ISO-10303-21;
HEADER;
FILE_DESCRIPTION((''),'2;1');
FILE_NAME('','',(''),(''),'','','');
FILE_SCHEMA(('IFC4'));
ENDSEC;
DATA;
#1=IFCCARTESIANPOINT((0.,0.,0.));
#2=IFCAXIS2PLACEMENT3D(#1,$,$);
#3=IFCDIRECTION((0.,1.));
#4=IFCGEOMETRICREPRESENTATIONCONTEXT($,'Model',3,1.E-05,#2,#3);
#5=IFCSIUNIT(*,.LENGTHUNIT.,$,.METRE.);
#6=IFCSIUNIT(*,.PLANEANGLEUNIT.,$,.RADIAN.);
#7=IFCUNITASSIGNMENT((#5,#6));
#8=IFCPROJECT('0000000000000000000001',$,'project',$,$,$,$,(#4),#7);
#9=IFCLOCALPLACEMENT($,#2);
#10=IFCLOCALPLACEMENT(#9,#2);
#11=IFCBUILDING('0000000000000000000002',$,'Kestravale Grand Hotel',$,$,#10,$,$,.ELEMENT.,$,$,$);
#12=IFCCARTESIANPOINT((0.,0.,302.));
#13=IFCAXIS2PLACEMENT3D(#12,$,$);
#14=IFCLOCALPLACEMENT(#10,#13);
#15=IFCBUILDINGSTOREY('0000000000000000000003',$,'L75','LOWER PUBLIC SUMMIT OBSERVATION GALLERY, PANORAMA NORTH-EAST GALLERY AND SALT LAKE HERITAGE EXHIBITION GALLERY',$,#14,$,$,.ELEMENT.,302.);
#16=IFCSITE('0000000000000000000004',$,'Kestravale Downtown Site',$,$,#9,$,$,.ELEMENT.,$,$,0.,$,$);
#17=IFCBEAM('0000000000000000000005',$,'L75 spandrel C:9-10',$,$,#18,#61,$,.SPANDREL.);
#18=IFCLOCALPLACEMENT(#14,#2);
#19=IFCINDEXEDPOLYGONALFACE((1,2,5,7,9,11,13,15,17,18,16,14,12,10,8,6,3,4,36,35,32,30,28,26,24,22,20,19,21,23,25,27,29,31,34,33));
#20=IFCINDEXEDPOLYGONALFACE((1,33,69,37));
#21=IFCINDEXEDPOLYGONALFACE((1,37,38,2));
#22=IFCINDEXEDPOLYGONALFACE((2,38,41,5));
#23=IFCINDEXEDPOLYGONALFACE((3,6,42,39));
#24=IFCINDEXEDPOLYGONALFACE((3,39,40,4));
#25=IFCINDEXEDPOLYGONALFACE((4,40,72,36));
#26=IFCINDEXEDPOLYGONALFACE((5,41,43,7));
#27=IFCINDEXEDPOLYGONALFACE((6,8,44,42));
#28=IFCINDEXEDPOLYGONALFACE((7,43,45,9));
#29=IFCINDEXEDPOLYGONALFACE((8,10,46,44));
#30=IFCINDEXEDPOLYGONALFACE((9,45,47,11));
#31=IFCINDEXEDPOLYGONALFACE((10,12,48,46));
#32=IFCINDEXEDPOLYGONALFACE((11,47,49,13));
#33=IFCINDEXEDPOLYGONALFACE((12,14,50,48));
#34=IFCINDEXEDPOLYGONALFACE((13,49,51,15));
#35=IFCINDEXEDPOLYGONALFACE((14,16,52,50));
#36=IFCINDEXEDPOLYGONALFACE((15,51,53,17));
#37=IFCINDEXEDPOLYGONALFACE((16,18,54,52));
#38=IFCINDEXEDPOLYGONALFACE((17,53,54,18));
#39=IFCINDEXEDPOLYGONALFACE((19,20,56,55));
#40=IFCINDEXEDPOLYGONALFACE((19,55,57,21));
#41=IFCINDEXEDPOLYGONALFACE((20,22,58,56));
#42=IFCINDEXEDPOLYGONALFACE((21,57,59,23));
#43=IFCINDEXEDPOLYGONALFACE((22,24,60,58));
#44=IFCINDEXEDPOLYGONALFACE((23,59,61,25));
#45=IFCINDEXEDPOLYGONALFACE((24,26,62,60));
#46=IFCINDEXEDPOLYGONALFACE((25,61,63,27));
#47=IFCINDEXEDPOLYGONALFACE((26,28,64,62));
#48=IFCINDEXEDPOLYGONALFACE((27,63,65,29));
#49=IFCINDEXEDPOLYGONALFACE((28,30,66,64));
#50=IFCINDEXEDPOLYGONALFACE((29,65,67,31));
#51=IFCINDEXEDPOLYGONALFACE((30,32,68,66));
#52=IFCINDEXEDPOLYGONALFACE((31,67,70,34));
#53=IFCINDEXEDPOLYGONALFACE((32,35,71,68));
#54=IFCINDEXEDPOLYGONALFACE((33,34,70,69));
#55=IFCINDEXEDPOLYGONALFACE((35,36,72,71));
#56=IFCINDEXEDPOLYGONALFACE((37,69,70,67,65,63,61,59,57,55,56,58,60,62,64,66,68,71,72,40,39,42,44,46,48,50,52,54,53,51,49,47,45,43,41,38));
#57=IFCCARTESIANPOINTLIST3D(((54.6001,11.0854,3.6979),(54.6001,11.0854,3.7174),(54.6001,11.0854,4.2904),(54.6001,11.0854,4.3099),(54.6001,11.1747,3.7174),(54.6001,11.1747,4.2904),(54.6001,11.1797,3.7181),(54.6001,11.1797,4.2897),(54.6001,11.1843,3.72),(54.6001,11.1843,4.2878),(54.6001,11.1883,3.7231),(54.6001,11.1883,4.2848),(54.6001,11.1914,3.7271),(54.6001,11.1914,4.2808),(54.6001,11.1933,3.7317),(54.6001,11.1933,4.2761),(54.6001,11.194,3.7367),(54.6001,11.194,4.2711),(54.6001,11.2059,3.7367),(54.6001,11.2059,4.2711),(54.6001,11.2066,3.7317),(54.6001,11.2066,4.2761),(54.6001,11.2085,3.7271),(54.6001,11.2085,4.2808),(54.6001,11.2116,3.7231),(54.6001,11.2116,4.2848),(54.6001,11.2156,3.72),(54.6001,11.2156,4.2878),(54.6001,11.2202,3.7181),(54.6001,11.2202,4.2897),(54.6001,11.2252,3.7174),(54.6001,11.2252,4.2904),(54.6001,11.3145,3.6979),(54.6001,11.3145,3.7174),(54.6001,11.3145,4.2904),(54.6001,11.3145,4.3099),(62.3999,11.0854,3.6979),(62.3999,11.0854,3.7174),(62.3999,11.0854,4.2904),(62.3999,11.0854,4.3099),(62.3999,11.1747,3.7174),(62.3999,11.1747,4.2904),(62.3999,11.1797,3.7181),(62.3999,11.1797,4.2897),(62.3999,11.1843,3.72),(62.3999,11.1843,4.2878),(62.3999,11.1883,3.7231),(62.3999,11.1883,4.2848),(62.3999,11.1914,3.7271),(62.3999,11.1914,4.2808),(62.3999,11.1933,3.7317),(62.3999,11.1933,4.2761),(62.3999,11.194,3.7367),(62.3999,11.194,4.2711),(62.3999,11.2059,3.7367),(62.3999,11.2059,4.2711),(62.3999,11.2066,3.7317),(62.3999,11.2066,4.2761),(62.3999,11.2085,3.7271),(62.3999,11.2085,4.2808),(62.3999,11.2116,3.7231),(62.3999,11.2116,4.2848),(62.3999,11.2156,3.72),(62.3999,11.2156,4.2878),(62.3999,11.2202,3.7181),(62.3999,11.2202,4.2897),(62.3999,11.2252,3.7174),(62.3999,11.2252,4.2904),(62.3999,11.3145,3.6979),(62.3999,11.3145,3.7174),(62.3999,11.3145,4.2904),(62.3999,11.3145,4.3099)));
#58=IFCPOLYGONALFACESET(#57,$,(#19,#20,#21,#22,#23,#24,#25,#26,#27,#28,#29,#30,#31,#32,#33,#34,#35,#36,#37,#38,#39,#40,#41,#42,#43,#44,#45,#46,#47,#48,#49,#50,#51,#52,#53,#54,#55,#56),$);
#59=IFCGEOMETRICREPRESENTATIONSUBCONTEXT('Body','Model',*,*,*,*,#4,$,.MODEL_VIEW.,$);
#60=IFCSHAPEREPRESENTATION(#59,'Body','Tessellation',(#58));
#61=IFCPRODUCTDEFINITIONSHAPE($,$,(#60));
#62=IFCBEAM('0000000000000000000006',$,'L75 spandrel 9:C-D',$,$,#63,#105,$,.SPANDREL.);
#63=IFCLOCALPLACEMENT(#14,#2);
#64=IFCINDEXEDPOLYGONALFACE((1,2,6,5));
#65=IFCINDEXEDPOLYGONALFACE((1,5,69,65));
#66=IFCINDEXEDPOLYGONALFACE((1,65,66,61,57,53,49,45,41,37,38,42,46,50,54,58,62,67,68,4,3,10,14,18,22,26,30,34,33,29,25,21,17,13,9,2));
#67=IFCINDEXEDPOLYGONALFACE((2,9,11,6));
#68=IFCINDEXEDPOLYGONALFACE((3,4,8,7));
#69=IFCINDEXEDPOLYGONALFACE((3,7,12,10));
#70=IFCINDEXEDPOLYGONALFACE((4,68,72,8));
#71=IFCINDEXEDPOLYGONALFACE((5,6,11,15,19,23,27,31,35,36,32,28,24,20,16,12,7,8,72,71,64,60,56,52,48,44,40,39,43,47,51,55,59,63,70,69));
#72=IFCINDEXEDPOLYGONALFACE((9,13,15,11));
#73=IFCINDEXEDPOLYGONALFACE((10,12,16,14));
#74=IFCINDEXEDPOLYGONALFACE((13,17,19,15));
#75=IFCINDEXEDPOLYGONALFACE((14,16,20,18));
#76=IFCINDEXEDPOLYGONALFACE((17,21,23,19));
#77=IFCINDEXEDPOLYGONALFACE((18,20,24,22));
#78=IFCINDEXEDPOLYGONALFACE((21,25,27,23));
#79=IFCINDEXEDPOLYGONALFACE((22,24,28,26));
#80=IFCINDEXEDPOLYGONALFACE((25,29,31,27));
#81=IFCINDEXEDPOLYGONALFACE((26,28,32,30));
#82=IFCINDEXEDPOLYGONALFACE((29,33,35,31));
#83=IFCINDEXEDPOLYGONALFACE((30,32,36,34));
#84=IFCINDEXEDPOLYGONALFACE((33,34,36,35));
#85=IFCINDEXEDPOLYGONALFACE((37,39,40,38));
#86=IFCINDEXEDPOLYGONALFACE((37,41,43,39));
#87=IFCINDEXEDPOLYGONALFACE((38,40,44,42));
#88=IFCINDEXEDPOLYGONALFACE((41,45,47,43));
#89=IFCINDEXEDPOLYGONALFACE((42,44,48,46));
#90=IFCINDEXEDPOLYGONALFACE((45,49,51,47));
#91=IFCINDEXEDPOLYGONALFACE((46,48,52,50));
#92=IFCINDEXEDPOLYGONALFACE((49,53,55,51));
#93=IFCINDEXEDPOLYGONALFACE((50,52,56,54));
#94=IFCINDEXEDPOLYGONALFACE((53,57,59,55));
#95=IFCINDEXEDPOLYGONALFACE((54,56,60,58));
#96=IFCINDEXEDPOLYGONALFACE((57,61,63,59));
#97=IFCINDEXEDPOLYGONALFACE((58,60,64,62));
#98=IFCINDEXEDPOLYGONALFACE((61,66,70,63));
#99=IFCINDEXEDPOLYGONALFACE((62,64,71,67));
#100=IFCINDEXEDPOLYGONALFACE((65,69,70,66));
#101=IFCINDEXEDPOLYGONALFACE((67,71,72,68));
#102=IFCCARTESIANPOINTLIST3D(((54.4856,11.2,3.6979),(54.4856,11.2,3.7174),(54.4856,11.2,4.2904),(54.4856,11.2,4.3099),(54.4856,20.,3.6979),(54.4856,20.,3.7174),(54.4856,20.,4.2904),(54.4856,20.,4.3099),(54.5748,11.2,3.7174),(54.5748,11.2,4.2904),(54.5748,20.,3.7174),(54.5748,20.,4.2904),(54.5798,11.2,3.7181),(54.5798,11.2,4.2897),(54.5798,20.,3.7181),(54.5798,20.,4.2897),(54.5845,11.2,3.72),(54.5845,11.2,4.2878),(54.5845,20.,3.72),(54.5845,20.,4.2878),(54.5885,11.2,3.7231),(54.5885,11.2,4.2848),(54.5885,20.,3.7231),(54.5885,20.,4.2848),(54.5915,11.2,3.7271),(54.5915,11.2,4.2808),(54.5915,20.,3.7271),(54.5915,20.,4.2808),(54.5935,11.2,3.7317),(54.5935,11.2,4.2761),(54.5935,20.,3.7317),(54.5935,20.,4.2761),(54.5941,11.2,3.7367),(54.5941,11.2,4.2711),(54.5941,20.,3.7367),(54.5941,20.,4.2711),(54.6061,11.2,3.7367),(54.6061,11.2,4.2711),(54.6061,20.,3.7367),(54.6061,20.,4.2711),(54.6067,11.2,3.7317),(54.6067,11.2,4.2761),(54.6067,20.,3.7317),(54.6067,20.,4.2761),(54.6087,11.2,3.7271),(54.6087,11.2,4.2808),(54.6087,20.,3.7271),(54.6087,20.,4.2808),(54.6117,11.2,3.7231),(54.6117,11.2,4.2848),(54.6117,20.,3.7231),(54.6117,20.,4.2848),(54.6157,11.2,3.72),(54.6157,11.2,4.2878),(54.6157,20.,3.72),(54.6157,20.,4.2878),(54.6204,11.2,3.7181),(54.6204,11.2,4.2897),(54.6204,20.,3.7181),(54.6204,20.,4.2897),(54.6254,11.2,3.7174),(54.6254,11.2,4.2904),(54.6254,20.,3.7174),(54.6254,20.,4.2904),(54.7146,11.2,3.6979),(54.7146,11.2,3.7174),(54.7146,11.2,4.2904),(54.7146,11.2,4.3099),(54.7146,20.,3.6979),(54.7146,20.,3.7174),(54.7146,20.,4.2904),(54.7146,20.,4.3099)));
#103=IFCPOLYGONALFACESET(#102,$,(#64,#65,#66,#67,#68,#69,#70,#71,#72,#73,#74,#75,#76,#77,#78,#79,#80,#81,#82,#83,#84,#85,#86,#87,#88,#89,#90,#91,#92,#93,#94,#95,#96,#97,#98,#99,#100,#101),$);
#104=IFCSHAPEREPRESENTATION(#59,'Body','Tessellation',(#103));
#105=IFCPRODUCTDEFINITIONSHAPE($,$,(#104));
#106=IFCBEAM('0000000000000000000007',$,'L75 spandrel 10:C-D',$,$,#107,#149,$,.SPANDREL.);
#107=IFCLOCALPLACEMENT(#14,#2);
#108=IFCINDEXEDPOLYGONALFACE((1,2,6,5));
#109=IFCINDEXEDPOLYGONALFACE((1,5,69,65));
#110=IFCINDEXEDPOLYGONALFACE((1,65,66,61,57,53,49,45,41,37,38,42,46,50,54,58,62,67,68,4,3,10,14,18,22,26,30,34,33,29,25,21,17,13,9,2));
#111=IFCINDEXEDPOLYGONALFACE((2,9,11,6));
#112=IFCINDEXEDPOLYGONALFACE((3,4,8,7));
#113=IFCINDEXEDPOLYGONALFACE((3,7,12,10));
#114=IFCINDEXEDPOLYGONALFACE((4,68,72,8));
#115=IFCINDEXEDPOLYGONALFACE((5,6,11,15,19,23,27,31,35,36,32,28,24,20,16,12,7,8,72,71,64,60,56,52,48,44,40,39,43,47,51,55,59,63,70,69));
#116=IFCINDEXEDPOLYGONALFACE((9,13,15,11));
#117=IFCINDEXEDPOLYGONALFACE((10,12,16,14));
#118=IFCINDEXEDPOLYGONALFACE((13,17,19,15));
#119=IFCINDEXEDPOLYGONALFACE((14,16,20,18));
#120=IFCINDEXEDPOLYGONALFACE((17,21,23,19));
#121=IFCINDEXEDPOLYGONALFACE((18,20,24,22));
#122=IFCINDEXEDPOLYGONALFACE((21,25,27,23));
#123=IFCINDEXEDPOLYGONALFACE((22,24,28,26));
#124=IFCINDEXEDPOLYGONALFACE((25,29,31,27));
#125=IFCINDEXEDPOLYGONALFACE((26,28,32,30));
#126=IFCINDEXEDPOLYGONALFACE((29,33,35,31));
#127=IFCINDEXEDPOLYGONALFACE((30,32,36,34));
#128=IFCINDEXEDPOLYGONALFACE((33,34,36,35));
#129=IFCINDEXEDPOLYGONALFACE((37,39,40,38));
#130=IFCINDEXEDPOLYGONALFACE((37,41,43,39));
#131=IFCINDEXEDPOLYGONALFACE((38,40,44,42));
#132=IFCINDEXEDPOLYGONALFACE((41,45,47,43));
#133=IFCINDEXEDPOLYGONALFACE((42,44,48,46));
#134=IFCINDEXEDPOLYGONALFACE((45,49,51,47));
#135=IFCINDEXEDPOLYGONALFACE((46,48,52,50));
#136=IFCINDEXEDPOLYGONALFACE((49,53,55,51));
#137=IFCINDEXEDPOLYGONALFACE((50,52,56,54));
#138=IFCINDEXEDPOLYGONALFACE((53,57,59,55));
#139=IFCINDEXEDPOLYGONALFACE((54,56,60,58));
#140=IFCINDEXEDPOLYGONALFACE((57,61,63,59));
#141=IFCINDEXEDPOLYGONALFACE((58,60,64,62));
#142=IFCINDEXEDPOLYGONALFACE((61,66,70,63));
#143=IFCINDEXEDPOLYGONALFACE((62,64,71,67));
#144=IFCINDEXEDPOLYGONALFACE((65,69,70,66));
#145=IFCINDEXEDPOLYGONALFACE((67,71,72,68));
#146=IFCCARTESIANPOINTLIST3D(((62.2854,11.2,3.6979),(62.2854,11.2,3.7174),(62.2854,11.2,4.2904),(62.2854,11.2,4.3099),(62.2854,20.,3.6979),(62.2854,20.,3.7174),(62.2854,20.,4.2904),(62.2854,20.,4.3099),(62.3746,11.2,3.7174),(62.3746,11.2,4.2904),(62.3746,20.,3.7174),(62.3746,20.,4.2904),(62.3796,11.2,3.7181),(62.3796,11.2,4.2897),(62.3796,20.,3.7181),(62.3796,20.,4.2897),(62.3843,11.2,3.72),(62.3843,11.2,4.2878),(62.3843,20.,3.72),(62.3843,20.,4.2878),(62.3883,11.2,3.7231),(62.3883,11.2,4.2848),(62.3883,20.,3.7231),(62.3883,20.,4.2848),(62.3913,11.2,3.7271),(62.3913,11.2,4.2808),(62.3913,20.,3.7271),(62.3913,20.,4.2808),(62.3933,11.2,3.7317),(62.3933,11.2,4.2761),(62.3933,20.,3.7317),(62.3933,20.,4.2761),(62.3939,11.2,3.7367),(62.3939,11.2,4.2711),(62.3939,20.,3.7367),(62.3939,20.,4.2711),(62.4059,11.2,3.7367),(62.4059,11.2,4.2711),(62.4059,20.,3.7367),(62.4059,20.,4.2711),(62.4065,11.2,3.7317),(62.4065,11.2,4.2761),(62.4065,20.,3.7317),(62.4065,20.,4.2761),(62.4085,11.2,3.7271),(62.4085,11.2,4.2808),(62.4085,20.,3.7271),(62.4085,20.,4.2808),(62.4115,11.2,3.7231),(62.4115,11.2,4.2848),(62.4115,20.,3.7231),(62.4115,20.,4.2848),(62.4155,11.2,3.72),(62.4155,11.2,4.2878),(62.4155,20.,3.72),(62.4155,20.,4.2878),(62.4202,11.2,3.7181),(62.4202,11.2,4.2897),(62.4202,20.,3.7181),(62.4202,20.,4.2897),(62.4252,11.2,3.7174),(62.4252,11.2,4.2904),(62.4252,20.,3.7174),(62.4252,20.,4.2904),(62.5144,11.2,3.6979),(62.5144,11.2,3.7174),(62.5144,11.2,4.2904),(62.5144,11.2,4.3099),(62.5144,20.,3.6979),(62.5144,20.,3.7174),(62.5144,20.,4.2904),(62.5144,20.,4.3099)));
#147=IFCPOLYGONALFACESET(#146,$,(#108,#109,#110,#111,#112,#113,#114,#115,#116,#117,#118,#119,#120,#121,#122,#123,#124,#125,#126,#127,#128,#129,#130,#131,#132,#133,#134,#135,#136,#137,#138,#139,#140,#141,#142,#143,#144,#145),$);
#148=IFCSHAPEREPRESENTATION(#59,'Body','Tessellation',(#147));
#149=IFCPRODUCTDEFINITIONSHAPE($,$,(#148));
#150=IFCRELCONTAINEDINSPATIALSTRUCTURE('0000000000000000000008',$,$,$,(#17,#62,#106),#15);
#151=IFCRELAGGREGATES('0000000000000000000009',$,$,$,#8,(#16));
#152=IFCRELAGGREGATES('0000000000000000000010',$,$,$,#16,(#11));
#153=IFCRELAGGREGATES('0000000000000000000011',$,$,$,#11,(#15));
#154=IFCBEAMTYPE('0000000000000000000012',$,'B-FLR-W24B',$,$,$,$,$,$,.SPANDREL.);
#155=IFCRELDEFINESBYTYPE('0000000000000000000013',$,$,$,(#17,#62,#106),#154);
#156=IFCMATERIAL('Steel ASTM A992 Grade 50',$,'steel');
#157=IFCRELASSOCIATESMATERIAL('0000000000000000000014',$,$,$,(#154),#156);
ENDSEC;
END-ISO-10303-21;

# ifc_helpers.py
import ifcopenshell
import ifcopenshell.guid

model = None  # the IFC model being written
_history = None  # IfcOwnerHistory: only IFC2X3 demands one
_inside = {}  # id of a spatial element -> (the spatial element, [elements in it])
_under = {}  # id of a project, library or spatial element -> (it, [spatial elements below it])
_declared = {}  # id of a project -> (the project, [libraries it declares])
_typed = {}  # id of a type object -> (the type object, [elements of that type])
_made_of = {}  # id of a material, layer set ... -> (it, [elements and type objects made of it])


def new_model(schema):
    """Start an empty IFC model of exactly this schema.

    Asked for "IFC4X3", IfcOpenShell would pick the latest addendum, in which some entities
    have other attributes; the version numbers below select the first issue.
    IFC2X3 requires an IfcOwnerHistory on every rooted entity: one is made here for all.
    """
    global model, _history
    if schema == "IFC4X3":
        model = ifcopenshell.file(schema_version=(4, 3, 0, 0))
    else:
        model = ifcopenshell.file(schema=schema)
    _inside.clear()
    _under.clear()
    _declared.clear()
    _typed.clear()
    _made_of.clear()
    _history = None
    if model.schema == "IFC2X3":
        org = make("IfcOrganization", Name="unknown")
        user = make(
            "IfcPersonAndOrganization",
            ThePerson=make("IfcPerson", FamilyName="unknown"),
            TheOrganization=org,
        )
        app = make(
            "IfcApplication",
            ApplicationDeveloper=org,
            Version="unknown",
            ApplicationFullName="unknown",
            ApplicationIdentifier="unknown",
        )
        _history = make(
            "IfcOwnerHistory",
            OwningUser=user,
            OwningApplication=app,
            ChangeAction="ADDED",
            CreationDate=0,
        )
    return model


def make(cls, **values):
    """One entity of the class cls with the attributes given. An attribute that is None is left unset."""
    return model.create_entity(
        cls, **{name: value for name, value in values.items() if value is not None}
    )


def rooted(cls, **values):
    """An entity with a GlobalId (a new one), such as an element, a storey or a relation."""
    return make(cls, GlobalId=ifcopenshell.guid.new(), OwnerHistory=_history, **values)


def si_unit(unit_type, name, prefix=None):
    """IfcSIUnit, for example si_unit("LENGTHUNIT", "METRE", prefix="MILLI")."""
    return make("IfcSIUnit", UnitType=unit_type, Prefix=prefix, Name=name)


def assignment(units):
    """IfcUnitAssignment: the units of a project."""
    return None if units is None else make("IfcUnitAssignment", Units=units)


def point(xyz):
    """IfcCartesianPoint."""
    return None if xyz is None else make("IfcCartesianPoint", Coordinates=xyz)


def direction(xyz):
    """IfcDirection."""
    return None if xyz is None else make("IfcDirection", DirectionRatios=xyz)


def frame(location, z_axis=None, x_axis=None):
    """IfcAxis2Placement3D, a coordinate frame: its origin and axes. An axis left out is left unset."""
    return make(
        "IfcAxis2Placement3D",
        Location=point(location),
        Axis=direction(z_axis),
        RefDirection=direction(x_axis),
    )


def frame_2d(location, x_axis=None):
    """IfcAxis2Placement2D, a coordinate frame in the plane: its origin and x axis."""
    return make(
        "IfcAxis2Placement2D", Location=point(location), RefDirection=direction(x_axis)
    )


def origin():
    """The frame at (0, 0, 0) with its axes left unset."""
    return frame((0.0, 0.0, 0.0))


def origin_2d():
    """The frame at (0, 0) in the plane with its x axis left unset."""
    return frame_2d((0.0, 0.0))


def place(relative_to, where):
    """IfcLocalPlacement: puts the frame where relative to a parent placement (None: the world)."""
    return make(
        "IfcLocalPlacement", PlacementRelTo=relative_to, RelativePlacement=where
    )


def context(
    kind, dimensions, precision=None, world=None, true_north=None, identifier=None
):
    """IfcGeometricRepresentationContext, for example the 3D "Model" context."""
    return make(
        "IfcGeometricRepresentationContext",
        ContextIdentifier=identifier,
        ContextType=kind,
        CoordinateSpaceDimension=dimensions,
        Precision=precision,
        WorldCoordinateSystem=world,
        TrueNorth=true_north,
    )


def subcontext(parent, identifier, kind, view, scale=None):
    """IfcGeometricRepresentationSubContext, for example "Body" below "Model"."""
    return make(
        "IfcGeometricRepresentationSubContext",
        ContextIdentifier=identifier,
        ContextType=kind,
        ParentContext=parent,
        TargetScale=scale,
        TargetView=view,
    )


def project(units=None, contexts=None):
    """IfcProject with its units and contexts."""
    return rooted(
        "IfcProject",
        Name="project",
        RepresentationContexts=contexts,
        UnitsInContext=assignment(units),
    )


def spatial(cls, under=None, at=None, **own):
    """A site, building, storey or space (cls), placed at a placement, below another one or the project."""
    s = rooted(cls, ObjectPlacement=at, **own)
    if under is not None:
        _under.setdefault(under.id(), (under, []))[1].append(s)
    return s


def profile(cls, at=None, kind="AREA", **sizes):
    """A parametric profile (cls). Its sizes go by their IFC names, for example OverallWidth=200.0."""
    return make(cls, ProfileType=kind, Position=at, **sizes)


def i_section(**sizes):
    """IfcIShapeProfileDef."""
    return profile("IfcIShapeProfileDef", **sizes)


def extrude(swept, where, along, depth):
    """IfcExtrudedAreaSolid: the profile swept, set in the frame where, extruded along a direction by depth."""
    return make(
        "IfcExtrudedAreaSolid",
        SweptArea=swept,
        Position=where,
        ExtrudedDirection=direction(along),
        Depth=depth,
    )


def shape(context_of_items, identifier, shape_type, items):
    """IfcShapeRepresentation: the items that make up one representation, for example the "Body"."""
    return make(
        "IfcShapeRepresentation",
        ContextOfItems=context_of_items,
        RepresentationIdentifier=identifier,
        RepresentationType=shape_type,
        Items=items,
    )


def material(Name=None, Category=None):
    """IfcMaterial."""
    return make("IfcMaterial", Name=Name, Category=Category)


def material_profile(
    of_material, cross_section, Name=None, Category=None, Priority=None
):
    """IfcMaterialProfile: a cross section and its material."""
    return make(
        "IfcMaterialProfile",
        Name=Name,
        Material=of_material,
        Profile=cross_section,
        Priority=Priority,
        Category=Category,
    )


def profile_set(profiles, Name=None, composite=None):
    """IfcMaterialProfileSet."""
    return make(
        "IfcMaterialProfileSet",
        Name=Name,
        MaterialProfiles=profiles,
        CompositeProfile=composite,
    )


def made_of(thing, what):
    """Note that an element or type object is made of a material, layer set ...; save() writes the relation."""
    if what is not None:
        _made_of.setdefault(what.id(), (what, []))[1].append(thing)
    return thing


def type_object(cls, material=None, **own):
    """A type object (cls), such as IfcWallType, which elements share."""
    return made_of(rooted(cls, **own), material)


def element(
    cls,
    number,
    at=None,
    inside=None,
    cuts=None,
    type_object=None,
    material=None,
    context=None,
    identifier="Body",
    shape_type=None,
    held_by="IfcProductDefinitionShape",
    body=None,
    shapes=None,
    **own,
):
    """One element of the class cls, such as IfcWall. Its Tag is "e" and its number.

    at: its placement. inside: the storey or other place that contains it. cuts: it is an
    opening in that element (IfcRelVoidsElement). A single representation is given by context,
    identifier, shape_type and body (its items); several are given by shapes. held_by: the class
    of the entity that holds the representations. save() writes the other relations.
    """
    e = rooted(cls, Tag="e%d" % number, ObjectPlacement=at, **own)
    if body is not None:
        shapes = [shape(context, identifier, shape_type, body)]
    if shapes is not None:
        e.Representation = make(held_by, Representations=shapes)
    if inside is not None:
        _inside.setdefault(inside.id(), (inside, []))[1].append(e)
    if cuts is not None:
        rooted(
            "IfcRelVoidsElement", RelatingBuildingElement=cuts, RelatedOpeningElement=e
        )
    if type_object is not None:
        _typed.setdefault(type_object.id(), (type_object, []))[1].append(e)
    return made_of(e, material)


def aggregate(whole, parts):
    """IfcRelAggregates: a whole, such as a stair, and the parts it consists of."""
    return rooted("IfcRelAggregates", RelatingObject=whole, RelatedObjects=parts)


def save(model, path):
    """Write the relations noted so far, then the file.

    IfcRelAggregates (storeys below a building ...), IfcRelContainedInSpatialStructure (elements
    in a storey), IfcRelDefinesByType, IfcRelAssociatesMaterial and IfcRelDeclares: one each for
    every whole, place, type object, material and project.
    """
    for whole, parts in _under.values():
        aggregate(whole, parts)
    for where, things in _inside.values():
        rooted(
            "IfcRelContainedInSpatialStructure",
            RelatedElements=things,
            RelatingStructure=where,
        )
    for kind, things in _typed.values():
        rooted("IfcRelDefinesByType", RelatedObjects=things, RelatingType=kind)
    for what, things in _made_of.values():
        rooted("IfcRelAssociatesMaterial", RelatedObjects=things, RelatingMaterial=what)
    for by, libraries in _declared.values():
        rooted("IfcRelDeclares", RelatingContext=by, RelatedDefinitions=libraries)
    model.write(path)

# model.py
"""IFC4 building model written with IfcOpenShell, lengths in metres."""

from ifc_helpers import new_model, si_unit, direction, frame, origin, origin_2d, place, context, subcontext, project, spatial, i_section, extrude, material, material_profile, profile_set, type_object, element, save


model = new_model("IFC4")

# Units and contexts
model_context = context("Model", 3, precision=1e-05, world=origin(), true_north=direction((0.0, 1.0)))
body_context = subcontext(model_context, "Body", "Model", "MODEL_VIEW")
ifc_project = project(units=[si_unit("LENGTHUNIT", "METRE"), si_unit("PLANEANGLEUNIT", "RADIAN")], contexts=[model_context])

# Site, building, storey
site_placement = place(None, origin())
site = spatial("IfcSite", under=ifc_project, at=site_placement, Name="Kestravale Downtown Site", CompositionType="ELEMENT", RefElevation=0.0)
building_placement = place(site_placement, origin())
building = spatial("IfcBuilding", under=site, at=building_placement, Name="Kestravale Grand Hotel", CompositionType="ELEMENT")
storey_placement = place(building_placement, frame((0.0, 0.0, 302.0)))
storey = spatial("IfcBuildingStorey", under=building, at=storey_placement, Name="L75", Description="LOWER PUBLIC SUMMIT OBSERVATION GALLERY, PANORAMA NORTH-EAST GALLERY AND SALT LAKE HERITAGE EXHIBITION GALLERY", CompositionType="ELEMENT", Elevation=302.0)

# Beams
ifc_material_1 = material(Name="Steel ASTM A992 Grade 50", Category="steel")
ifc_material_profile_1 = material_profile(ifc_material_1, i_section(OverallWidth=0.229, OverallDepth=0.6121, WebThickness=0.012, FlangeThickness=0.0195, FilletRadius=0.0193, at=origin_2d()))
ifc_profile_set_1 = profile_set([ifc_material_profile_1], Name="Steel ASTM A992 Grade 50")
beam_type_1 = type_object("IfcBeamType", Name="B-FLR-W24B", PredefinedType="SPANDREL", material=ifc_profile_set_1)
beam_placement = place(storey_placement, frame((54.6001, 11.2, 4.0039), z_axis=(1.0, 0.0, 0.0), x_axis=(0.0, 1.0, 0.0)))
element("IfcBeam", 1, at=beam_placement, inside=storey, type_object=beam_type_1, Name="L75 spandrel C:9-10", PredefinedType="SPANDREL", context=body_context, shape_type="SweptSolid", body=[
    extrude(i_section(OverallWidth=0.229, OverallDepth=0.6121, WebThickness=0.012, FlangeThickness=0.0195, FilletRadius=0.0193, at=origin_2d()), origin(), (0.0, 0.0, 1.0), 7.7998),
])
for number, where, z_axis, x_axis, name in (
    (2, (54.6001, 11.2, 4.0039), (0.0, 1.0, 0.0), (-1.0, 0.0, 0.0), "L75 spandrel 9:C-D"),
    (3, (62.3999, 11.2, 4.0039), (0.0, 1.0, 0.0), (-1.0, 0.0, 0.0), "L75 spandrel 10:C-D"),
):
    element("IfcBeam", number, at=place(storey_placement, frame(where, z_axis=z_axis, x_axis=x_axis)), inside=storey, type_object=beam_type_1, Name=name, PredefinedType="SPANDREL", context=body_context, shape_type="SweptSolid", body=[
        extrude(i_section(OverallWidth=0.229, OverallDepth=0.6121, WebThickness=0.012, FlangeThickness=0.0195, FilletRadius=0.0193, at=origin_2d()), origin(), (0.0, 0.0, 1.0), 8.8),
    ])

save(model, "model.ifc")
